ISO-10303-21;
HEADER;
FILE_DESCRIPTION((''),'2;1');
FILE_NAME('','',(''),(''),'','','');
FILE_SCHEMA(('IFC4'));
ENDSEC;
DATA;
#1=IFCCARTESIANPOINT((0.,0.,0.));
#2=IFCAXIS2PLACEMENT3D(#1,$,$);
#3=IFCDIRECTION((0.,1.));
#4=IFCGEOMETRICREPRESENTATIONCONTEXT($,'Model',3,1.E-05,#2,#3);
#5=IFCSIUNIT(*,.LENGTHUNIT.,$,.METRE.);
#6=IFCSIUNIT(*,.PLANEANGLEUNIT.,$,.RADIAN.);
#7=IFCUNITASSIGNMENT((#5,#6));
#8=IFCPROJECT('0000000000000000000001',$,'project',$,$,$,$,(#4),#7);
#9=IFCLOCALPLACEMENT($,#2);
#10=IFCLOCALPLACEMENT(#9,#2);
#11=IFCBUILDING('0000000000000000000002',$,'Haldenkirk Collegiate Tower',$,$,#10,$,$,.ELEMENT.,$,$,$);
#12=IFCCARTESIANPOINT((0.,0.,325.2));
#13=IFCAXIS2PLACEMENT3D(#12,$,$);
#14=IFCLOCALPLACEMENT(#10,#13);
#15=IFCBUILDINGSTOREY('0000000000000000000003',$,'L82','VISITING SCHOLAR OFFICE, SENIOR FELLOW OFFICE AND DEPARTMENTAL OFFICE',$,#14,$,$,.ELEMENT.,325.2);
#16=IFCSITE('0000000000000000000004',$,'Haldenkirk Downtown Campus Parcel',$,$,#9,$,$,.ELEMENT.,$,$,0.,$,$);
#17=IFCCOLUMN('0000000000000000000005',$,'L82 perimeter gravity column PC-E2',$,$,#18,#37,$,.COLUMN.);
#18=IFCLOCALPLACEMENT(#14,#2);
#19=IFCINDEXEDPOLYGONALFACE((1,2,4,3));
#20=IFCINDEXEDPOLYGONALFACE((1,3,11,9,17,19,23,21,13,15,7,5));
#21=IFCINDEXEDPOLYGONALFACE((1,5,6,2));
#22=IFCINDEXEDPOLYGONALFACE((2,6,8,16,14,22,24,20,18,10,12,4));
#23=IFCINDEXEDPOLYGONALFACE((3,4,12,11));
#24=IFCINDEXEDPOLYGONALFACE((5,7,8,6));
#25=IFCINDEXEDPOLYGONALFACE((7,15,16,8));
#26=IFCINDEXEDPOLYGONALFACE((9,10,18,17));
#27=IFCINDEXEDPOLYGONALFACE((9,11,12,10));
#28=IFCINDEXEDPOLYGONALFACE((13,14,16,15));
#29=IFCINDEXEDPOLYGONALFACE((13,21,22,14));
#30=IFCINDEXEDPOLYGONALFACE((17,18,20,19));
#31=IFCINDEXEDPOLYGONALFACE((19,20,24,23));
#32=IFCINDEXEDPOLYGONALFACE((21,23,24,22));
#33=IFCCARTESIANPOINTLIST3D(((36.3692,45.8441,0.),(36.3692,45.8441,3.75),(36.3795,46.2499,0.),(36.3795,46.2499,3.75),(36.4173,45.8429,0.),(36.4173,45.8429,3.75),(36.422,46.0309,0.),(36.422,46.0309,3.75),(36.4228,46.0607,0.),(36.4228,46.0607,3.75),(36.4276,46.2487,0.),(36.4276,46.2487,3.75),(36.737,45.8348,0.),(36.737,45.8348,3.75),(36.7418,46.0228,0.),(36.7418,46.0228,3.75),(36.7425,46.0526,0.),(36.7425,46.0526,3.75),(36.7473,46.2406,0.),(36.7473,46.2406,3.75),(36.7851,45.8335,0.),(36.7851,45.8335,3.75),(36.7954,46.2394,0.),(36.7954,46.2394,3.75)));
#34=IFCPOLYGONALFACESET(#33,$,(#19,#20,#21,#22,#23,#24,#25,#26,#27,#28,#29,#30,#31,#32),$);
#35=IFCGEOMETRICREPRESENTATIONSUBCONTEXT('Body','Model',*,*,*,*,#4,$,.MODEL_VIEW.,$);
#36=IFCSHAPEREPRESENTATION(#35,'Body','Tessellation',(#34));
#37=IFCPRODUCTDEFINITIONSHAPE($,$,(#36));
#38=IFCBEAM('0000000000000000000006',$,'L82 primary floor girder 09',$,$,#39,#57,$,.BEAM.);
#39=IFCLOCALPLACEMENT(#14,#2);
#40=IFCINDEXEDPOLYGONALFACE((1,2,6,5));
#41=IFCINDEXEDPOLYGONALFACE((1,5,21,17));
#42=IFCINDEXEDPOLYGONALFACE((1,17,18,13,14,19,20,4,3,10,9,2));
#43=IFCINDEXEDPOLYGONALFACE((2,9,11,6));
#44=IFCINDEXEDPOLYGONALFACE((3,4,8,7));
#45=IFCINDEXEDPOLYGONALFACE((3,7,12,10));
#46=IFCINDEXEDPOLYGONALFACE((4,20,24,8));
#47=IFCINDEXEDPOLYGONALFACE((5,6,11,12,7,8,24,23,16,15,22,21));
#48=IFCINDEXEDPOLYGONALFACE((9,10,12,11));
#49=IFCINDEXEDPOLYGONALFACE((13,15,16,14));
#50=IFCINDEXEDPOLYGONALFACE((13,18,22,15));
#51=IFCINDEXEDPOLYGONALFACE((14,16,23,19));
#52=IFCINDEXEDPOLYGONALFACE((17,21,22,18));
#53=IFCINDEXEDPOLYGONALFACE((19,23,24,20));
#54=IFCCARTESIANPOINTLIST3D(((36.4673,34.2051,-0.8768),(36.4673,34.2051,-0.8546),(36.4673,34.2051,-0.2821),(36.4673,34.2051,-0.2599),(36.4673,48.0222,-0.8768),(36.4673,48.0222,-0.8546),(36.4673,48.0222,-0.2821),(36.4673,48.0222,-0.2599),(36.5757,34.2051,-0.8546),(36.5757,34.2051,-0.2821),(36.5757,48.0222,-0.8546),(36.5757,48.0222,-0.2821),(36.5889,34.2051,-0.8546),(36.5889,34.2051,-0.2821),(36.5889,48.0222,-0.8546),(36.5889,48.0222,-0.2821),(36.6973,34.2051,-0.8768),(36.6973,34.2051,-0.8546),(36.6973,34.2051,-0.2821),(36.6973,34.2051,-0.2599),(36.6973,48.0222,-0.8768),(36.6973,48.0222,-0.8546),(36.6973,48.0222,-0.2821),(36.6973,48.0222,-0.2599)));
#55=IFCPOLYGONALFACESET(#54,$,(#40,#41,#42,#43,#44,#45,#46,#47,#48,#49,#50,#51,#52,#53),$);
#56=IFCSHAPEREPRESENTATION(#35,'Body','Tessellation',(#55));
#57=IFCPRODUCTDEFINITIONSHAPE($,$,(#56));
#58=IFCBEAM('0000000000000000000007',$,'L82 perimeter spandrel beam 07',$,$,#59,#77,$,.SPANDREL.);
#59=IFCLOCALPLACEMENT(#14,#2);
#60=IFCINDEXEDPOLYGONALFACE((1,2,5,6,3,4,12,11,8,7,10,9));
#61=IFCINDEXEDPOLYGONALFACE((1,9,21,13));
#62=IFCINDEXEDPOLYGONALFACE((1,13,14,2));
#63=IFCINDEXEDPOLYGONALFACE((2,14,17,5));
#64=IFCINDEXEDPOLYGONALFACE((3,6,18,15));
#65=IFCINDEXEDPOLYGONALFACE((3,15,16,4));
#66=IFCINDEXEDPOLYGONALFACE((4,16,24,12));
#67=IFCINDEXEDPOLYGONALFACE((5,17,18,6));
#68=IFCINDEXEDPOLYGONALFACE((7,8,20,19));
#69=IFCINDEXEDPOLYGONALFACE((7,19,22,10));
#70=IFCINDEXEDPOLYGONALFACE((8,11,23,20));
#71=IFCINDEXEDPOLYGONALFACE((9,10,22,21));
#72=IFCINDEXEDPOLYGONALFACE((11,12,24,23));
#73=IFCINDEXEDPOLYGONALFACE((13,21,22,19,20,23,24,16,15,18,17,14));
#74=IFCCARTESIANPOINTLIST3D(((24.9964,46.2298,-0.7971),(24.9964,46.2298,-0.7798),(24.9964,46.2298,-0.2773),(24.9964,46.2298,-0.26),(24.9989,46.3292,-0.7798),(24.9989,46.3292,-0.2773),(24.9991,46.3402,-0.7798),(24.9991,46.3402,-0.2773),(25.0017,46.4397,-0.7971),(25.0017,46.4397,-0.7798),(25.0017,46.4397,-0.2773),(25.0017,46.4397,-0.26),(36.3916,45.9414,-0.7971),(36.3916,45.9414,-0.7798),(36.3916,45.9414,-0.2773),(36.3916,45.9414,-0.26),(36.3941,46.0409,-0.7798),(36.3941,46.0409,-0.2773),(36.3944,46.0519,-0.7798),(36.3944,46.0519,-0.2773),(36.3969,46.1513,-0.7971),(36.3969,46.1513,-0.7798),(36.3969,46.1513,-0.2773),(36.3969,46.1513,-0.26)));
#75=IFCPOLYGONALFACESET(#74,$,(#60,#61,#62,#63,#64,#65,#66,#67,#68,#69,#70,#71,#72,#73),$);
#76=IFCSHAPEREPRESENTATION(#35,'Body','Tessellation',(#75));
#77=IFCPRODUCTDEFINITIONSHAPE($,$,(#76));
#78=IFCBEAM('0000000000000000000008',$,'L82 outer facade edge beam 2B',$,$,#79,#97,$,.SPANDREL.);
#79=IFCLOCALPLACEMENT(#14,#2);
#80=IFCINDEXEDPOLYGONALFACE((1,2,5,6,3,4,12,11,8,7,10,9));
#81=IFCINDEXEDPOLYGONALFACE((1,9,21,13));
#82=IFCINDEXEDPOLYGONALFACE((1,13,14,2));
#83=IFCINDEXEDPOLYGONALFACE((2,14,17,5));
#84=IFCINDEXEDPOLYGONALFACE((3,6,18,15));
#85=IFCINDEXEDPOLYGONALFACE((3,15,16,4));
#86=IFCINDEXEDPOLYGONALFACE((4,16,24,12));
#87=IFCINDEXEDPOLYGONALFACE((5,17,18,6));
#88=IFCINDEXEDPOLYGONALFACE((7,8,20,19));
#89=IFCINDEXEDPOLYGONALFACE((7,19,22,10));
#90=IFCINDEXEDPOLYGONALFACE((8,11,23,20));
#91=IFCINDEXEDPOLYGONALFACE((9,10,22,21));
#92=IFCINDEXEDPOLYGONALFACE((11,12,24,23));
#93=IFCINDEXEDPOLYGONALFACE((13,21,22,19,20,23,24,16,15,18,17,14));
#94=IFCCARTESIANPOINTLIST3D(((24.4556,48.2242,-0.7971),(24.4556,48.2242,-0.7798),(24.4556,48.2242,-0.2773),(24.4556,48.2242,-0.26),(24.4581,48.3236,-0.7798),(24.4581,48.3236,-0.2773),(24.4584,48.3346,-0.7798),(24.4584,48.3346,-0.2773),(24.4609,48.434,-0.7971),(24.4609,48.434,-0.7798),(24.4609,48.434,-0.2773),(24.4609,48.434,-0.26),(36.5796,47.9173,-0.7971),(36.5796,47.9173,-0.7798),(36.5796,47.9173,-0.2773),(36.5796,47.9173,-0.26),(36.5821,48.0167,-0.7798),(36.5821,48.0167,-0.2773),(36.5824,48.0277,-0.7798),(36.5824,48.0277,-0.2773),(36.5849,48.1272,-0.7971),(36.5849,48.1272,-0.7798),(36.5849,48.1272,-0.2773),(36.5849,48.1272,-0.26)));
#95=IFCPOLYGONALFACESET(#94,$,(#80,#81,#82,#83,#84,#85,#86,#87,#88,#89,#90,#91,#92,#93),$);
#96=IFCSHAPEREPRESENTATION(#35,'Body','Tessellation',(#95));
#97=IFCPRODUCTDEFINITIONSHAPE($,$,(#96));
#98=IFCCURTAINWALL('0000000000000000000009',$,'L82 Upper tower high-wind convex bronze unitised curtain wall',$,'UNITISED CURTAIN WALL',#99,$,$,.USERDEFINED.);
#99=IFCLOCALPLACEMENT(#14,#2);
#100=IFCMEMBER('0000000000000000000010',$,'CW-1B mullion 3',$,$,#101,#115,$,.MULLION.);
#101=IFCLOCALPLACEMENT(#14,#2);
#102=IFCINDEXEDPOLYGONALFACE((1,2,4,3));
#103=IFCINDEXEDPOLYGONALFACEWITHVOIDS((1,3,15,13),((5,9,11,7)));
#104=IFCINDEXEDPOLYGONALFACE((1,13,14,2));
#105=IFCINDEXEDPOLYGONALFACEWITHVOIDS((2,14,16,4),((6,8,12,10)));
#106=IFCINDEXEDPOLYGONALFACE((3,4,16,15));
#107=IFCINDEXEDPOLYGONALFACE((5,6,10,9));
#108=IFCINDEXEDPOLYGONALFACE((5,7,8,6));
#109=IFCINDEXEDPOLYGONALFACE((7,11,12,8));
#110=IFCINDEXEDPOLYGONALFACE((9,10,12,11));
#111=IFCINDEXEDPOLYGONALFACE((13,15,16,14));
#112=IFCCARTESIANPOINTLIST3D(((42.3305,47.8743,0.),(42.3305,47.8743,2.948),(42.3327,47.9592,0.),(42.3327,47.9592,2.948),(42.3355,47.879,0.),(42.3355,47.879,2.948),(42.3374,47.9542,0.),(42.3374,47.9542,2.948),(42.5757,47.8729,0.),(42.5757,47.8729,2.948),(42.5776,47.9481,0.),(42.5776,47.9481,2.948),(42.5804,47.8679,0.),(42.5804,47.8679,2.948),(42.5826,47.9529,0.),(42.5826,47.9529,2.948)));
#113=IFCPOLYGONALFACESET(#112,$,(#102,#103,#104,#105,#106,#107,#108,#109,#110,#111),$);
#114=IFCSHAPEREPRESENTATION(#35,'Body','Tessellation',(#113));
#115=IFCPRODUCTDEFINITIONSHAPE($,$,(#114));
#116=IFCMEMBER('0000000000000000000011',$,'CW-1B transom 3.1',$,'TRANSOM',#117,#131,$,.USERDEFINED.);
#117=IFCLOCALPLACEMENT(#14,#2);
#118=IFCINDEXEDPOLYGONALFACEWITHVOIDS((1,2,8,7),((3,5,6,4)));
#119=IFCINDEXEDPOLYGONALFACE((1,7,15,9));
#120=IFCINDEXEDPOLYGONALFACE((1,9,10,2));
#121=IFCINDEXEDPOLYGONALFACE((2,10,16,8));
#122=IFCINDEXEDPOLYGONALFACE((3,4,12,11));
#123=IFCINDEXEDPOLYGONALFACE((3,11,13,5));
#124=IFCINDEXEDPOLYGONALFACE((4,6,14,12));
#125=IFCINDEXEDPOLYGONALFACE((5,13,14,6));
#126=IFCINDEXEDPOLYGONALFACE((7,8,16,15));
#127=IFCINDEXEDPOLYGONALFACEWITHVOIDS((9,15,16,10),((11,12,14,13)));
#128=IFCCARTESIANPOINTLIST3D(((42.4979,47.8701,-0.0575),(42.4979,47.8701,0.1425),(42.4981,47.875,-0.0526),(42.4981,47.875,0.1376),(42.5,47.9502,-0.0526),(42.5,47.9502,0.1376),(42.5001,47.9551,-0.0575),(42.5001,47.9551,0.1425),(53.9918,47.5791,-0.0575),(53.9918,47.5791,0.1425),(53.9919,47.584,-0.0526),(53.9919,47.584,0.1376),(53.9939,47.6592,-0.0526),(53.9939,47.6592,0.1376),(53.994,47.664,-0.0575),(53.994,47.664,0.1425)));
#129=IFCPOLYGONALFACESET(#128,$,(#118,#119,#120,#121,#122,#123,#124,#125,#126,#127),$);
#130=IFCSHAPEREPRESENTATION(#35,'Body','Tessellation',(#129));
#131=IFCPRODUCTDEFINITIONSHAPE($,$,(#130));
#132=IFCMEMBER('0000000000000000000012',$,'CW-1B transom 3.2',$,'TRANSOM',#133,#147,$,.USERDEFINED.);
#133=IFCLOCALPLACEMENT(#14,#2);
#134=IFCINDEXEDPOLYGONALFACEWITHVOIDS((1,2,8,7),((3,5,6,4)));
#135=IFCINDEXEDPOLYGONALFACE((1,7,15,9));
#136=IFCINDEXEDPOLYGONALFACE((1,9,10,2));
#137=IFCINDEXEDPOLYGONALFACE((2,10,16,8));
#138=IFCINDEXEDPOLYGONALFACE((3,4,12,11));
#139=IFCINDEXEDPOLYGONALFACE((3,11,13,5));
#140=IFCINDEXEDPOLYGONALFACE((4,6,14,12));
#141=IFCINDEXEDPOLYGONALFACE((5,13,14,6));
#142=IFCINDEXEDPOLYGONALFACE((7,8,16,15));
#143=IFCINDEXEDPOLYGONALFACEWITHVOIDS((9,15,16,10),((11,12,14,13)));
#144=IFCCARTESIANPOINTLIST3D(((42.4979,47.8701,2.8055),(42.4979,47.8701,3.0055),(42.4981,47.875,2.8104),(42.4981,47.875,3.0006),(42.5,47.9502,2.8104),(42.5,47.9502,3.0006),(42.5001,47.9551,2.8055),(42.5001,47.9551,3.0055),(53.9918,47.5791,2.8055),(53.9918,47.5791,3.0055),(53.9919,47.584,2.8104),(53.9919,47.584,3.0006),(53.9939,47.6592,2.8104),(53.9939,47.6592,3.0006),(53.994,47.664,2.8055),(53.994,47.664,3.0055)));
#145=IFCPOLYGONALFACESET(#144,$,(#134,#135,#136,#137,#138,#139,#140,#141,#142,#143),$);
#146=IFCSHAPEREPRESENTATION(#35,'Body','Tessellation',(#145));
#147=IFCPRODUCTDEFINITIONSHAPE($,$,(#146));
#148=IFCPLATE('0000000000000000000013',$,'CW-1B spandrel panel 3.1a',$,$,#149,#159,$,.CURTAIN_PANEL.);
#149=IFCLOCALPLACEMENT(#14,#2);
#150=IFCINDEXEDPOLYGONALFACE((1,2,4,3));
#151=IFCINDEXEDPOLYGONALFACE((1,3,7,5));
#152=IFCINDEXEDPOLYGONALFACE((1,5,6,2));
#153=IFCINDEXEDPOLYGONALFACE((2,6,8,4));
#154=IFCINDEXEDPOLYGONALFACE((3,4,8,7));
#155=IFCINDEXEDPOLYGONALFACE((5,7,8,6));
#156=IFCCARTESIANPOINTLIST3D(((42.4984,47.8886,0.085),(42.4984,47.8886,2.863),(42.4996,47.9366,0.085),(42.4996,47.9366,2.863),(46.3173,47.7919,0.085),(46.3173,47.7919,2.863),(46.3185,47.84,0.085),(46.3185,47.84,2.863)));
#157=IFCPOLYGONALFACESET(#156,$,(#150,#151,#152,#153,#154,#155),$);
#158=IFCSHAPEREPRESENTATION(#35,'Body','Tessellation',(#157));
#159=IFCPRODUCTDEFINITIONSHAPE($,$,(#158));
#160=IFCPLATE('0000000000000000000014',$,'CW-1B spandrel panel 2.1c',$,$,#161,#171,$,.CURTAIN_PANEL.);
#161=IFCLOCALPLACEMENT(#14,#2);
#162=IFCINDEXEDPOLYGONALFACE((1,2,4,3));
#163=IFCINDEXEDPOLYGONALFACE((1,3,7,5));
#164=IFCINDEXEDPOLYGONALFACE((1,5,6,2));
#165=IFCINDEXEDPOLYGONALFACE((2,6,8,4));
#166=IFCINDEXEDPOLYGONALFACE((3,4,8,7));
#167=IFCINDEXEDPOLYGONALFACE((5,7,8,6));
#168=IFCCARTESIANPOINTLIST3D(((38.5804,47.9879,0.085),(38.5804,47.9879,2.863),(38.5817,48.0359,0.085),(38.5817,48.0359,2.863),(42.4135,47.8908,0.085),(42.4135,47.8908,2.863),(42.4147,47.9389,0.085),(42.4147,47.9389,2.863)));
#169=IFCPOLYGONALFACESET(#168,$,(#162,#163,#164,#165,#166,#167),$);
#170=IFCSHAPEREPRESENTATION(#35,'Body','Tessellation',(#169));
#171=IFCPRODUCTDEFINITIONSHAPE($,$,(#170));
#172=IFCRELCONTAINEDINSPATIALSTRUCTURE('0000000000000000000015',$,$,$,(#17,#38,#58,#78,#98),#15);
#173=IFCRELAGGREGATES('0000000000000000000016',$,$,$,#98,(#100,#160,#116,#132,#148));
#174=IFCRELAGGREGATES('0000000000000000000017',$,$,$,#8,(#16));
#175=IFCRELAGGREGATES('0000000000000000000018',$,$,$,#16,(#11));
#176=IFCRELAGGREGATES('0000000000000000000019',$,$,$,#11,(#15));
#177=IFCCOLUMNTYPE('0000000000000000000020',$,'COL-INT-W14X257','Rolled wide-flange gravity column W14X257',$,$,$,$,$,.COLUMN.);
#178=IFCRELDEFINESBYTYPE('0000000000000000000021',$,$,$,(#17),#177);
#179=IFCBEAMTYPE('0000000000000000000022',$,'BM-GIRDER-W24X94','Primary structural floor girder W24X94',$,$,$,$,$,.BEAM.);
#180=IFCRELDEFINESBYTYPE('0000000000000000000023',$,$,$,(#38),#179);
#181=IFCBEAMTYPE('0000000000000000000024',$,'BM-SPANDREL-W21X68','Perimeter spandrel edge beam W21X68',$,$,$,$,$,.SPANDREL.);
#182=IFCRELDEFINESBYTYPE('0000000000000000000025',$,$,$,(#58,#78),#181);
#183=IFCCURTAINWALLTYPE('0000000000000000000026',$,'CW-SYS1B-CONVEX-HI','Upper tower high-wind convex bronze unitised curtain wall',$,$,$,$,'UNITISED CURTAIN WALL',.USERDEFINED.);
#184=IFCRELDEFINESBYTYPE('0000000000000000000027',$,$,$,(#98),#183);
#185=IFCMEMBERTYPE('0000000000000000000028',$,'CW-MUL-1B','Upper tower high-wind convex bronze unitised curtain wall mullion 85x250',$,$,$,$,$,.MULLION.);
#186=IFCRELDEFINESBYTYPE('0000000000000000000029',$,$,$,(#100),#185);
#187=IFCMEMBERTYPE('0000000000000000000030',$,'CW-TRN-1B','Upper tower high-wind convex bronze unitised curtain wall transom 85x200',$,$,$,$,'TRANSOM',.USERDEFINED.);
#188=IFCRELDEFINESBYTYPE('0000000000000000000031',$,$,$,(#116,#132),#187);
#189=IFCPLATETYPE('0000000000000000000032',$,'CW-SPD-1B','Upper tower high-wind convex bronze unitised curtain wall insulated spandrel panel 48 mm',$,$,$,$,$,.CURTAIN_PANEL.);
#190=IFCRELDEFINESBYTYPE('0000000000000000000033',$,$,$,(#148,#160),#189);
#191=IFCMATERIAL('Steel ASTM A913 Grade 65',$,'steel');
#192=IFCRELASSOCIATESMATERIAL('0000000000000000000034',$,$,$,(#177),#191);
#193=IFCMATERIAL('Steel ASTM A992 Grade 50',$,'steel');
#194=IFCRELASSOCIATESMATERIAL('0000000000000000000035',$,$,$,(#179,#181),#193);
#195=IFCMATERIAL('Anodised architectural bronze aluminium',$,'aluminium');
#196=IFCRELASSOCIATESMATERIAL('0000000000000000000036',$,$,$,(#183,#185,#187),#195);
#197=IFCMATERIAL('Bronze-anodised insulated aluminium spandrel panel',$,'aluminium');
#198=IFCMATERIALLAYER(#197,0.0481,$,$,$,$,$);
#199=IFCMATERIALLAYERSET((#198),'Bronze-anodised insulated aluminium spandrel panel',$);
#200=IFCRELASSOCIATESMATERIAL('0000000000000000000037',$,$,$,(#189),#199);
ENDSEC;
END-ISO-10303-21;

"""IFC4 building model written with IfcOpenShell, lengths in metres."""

from ifc_helpers import new_model, si_unit, direction, frame, origin, origin_2d, place, context, subcontext, project, spatial, rectangle, hollow_rectangle, i_section, extrude, source, transform, mapped, material, layer, layer_set, material_profile, profile_set, type_object, element, aggregate, save


model = new_model("IFC4")

# Units and contexts
model_context = context("Model", 3, precision=1e-05, world=origin(), true_north=direction((0.0, 1.0)))
body_context = subcontext(model_context, "Body", "Model", "MODEL_VIEW")
ifc_project = project(units=[si_unit("LENGTHUNIT", "METRE"), si_unit("PLANEANGLEUNIT", "RADIAN")], contexts=[model_context])

# Site, building, storey
site_placement = place(None, origin())
site = spatial("IfcSite", under=ifc_project, at=site_placement, Name="Haldenkirk Downtown Campus Parcel", CompositionType="ELEMENT", RefElevation=0.0)
building_placement = place(site_placement, origin())
building = spatial("IfcBuilding", under=site, at=building_placement, Name="Haldenkirk Collegiate Tower", CompositionType="ELEMENT")
storey_placement = place(building_placement, frame((0.0, 0.0, 325.2)))
storey = spatial("IfcBuildingStorey", under=building, at=storey_placement, Name="L82", Description="VISITING SCHOLAR OFFICE, SENIOR FELLOW OFFICE AND DEPARTMENTAL OFFICE", CompositionType="ELEMENT", Elevation=325.2)

# Column
ifc_material_1 = material(Name="Steel ASTM A913 Grade 65", Category="steel")
ifc_material_profile_1 = material_profile(ifc_material_1, i_section(OverallWidth=0.406, OverallDepth=0.416, WebThickness=0.0298, FlangeThickness=0.0481, at=origin_2d()), Name="W14X257")
ifc_profile_set_1 = profile_set([ifc_material_profile_1], Name="Steel ASTM A913 Grade 65")
column_type = type_object("IfcColumnType", Name="COL-INT-W14X257", Description="Rolled wide-flange gravity column W14X257", PredefinedType="COLUMN", material=ifc_profile_set_1)
column_placement = place(storey_placement, frame((36.5823, 46.0417, 0.0), z_axis=(0.0, 0.0, 1.0), x_axis=(0.025305, 0.99968, 0.0)))
element("IfcColumn", 1, at=column_placement, inside=storey, type_object=column_type, Name="L82 perimeter gravity column PC-E2", PredefinedType="COLUMN", context=body_context, shape_type="SweptSolid", body=[
    extrude(i_section(OverallWidth=0.406, OverallDepth=0.416, WebThickness=0.0298, FlangeThickness=0.0481, at=origin_2d()), origin(), (0.0, 0.0, 1.0), 3.75),
])

# Beams
ifc_material_2 = material(Name="Steel ASTM A992 Grade 50", Category="steel")
ifc_material_profile_2 = material_profile(ifc_material_2, i_section(OverallWidth=0.23, OverallDepth=0.6169, WebThickness=0.0132, FlangeThickness=0.0222, at=origin_2d()), Name="W24X94")
ifc_profile_set_2 = profile_set([ifc_material_profile_2], Name="Steel ASTM A992 Grade 50")
beam_type_1 = type_object("IfcBeamType", Name="BM-GIRDER-W24X94", Description="Primary structural floor girder W24X94", PredefinedType="BEAM", material=ifc_profile_set_2)
beam_1_placement = place(storey_placement, frame((36.5823, 48.0222, -0.5684), z_axis=(0.0, -1.0, 0.0), x_axis=(1.0, 0.0, 0.0)))
element("IfcBeam", 2, at=beam_1_placement, inside=storey, type_object=beam_type_1, Name="L82 primary floor girder 09", PredefinedType="BEAM", context=body_context, shape_type="SweptSolid", body=[
    extrude(i_section(OverallWidth=0.23, OverallDepth=0.6169, WebThickness=0.0132, FlangeThickness=0.0222, at=origin_2d()), origin(), (0.0, 0.0, 1.0), 13.8171),
])
ifc_material_profile_3 = material_profile(ifc_material_2, i_section(OverallWidth=0.21, OverallDepth=0.5371, WebThickness=0.011, FlangeThickness=0.0173, at=origin_2d()), Name="W21X68")
ifc_profile_set_3 = profile_set([ifc_material_profile_3], Name="Steel ASTM A992 Grade 50")
beam_type_2 = type_object("IfcBeamType", Name="BM-SPANDREL-W21X68", Description="Perimeter spandrel edge beam W21X68", PredefinedType="SPANDREL", material=ifc_profile_set_3)
beam_2_placement = place(storey_placement, frame((36.3943, 46.0464, -0.5286), z_axis=(-0.99968, 0.025295, 0.0), x_axis=(-0.025295, -0.99968, 0.0)))
element("IfcBeam", 3, at=beam_2_placement, inside=storey, type_object=beam_type_2, Name="L82 perimeter spandrel beam 07", PredefinedType="SPANDREL", context=body_context, shape_type="SweptSolid", body=[
    extrude(i_section(OverallWidth=0.21, OverallDepth=0.5371, WebThickness=0.011, FlangeThickness=0.0173, at=origin_2d()), origin(), (0.0, 0.0, 1.0), 11.3989),
])
beam_3_placement = place(storey_placement, frame((36.5823, 48.0222, -0.5286), z_axis=(-0.99968, 0.025304, 0.0), x_axis=(-0.025304, -0.99968, 0.0)))
element("IfcBeam", 4, at=beam_3_placement, inside=storey, type_object=beam_type_2, Name="L82 outer facade edge beam 2B", PredefinedType="SPANDREL", context=body_context, shape_type="SweptSolid", body=[
    extrude(i_section(OverallWidth=0.21, OverallDepth=0.5371, WebThickness=0.011, FlangeThickness=0.0173, at=origin_2d()), origin(), (0.0, 0.0, 1.0), 12.1279),
])

# Curtain wall, members, plates
ifc_material_3 = material(Name="Anodised architectural bronze aluminium", Category="aluminium")
curtain_wall_type = type_object("IfcCurtainWallType", Name="CW-SYS1B-CONVEX-HI", Description="Upper tower high-wind convex bronze unitised curtain wall", ElementType="UNITISED CURTAIN WALL", PredefinedType="USERDEFINED", material=ifc_material_3)
curtain_wall_placement = place(storey_placement, origin())
curtain_wall = element("IfcCurtainWall", 5, at=curtain_wall_placement, inside=storey, type_object=curtain_wall_type, Name="L82 Upper tower high-wind convex bronze unitised curtain wall", ObjectType="UNITISED CURTAIN WALL", PredefinedType="USERDEFINED")
ifc_material_profile_4 = material_profile(ifc_material_3, hollow_rectangle(XDim=0.085, YDim=0.25, WallThickness=0.0049, at=origin_2d()), Name="CW-MUL-1B")
ifc_profile_set_4 = profile_set([ifc_material_profile_4], Name="Anodised architectural bronze aluminium")
member_type_1 = type_object("IfcMemberType", Name="CW-MUL-1B", Description="Upper tower high-wind convex bronze unitised curtain wall mullion 85x250", PredefinedType="MULLION", material=ifc_profile_set_4)
member_1_placement = place(storey_placement, frame((42.4565, 47.9136, 0.0), z_axis=(0.0, 0.0, 1.0), x_axis=(0.025305, 0.99968, 0.0)))
member_1 = element("IfcMember", 6, at=member_1_placement, type_object=member_type_1, Name="CW-1B mullion 3", PredefinedType="MULLION", context=body_context, shape_type="SweptSolid", body=[
    extrude(hollow_rectangle(XDim=0.085, YDim=0.25, WallThickness=0.0049, at=origin_2d()), origin(), (0.0, 0.0, 1.0), 2.948),
])
ifc_material_profile_5 = material_profile(ifc_material_3, hollow_rectangle(XDim=0.085, YDim=0.2, WallThickness=0.0049, at=origin_2d()), Name="CW-TRN-1B")
ifc_profile_set_5 = profile_set([ifc_material_profile_5], Name="Anodised architectural bronze aluminium")
member_type_2 = type_object("IfcMemberType", Name="CW-TRN-1B", Description="Upper tower high-wind convex bronze unitised curtain wall transom 85x200", ElementType="TRANSOM", PredefinedType="USERDEFINED", material=ifc_profile_set_5)
member_2_placement = place(storey_placement, frame((42.499, 47.9126, 0.0425), z_axis=(0.99968, -0.025311, 0.0), x_axis=(0.025311, 0.99968, 0.0)))
member_2 = element("IfcMember", 7, at=member_2_placement, type_object=member_type_2, Name="CW-1B transom 3.1", ObjectType="TRANSOM", PredefinedType="USERDEFINED", context=body_context, shape_type="SweptSolid", body=[
    extrude(hollow_rectangle(XDim=0.085, YDim=0.2, WallThickness=0.0049, at=origin_2d()), origin(), (0.0, 0.0, 1.0), 11.4976),
])
member_3_placement = place(storey_placement, frame((42.499, 47.9126, 2.9055), z_axis=(0.99968, -0.025311, 0.0), x_axis=(0.025311, 0.99968, 0.0)))
member_3 = element("IfcMember", 8, at=member_3_placement, type_object=member_type_2, Name="CW-1B transom 3.2", ObjectType="TRANSOM", PredefinedType="USERDEFINED", context=body_context, shape_type="SweptSolid", body=[
    extrude(hollow_rectangle(XDim=0.085, YDim=0.2, WallThickness=0.0049, at=origin_2d()), origin(), (0.0, 0.0, 1.0), 11.4976),
])
ifc_material_4 = material(Name="Bronze-anodised insulated aluminium spandrel panel", Category="aluminium")
ifc_layer_1 = layer(ifc_material_4, 0.0481)
ifc_layer_set_1 = layer_set([ifc_layer_1], Name="Bronze-anodised insulated aluminium spandrel panel")
plate_type_1 = type_object("IfcPlateType", Name="CW-SPD-1B", Description="Upper tower high-wind convex bronze unitised curtain wall insulated spandrel panel 48 mm", PredefinedType="CURTAIN_PANEL", material=ifc_layer_set_1)
shared_shape_1 = source(origin(), body_context, "Body", "SweptSolid", [
    extrude(rectangle(XDim=3.8201, YDim=0.0481, at=origin_2d()), origin(), (0.0, 0.0, 1.0), 2.7781),
])
plate_1_placement = place(storey_placement, frame((44.4084, 47.8643, 0.085), z_axis=(0.0, 0.0, 1.0), x_axis=(0.99968, -0.025305, 0.0)))
plate_1 = element("IfcPlate", 9, at=plate_1_placement, type_object=plate_type_1, Name="CW-1B spandrel panel 3.1a", PredefinedType="CURTAIN_PANEL", context=body_context, shape_type="MappedRepresentation", body=[
    mapped(shared_shape_1, transform((0.0, 0.0, 0.0), x_axis=(1.0, 0.0, 0.0), y_axis=(0.0, 1.0, 0.0), z_axis=(0.0, 0.0, 1.0), scale=1.0)),
])
shared_shape_2 = source(origin(), body_context, "Body", "SweptSolid", [
    extrude(rectangle(XDim=3.8342, YDim=0.0481, at=origin_2d()), origin(), (0.0, 0.0, 1.0), 2.7781),
])
plate_2_placement = place(storey_placement, frame((40.4976, 47.9634, 0.085), z_axis=(0.0, 0.0, 1.0), x_axis=(0.99968, -0.025305, 0.0)))
plate_2 = element("IfcPlate", 10, at=plate_2_placement, type_object=plate_type_1, Name="CW-1B spandrel panel 2.1c", PredefinedType="CURTAIN_PANEL", context=body_context, shape_type="MappedRepresentation", body=[
    mapped(shared_shape_2, transform((0.0, 0.0, 0.0), x_axis=(1.0, 0.0, 0.0), y_axis=(0.0, 1.0, 0.0), z_axis=(0.0, 0.0, 1.0), scale=1.0)),
])
aggregate(curtain_wall, [member_1, plate_2, member_2, member_3, plate_1])

save(model, "model.ifc")
